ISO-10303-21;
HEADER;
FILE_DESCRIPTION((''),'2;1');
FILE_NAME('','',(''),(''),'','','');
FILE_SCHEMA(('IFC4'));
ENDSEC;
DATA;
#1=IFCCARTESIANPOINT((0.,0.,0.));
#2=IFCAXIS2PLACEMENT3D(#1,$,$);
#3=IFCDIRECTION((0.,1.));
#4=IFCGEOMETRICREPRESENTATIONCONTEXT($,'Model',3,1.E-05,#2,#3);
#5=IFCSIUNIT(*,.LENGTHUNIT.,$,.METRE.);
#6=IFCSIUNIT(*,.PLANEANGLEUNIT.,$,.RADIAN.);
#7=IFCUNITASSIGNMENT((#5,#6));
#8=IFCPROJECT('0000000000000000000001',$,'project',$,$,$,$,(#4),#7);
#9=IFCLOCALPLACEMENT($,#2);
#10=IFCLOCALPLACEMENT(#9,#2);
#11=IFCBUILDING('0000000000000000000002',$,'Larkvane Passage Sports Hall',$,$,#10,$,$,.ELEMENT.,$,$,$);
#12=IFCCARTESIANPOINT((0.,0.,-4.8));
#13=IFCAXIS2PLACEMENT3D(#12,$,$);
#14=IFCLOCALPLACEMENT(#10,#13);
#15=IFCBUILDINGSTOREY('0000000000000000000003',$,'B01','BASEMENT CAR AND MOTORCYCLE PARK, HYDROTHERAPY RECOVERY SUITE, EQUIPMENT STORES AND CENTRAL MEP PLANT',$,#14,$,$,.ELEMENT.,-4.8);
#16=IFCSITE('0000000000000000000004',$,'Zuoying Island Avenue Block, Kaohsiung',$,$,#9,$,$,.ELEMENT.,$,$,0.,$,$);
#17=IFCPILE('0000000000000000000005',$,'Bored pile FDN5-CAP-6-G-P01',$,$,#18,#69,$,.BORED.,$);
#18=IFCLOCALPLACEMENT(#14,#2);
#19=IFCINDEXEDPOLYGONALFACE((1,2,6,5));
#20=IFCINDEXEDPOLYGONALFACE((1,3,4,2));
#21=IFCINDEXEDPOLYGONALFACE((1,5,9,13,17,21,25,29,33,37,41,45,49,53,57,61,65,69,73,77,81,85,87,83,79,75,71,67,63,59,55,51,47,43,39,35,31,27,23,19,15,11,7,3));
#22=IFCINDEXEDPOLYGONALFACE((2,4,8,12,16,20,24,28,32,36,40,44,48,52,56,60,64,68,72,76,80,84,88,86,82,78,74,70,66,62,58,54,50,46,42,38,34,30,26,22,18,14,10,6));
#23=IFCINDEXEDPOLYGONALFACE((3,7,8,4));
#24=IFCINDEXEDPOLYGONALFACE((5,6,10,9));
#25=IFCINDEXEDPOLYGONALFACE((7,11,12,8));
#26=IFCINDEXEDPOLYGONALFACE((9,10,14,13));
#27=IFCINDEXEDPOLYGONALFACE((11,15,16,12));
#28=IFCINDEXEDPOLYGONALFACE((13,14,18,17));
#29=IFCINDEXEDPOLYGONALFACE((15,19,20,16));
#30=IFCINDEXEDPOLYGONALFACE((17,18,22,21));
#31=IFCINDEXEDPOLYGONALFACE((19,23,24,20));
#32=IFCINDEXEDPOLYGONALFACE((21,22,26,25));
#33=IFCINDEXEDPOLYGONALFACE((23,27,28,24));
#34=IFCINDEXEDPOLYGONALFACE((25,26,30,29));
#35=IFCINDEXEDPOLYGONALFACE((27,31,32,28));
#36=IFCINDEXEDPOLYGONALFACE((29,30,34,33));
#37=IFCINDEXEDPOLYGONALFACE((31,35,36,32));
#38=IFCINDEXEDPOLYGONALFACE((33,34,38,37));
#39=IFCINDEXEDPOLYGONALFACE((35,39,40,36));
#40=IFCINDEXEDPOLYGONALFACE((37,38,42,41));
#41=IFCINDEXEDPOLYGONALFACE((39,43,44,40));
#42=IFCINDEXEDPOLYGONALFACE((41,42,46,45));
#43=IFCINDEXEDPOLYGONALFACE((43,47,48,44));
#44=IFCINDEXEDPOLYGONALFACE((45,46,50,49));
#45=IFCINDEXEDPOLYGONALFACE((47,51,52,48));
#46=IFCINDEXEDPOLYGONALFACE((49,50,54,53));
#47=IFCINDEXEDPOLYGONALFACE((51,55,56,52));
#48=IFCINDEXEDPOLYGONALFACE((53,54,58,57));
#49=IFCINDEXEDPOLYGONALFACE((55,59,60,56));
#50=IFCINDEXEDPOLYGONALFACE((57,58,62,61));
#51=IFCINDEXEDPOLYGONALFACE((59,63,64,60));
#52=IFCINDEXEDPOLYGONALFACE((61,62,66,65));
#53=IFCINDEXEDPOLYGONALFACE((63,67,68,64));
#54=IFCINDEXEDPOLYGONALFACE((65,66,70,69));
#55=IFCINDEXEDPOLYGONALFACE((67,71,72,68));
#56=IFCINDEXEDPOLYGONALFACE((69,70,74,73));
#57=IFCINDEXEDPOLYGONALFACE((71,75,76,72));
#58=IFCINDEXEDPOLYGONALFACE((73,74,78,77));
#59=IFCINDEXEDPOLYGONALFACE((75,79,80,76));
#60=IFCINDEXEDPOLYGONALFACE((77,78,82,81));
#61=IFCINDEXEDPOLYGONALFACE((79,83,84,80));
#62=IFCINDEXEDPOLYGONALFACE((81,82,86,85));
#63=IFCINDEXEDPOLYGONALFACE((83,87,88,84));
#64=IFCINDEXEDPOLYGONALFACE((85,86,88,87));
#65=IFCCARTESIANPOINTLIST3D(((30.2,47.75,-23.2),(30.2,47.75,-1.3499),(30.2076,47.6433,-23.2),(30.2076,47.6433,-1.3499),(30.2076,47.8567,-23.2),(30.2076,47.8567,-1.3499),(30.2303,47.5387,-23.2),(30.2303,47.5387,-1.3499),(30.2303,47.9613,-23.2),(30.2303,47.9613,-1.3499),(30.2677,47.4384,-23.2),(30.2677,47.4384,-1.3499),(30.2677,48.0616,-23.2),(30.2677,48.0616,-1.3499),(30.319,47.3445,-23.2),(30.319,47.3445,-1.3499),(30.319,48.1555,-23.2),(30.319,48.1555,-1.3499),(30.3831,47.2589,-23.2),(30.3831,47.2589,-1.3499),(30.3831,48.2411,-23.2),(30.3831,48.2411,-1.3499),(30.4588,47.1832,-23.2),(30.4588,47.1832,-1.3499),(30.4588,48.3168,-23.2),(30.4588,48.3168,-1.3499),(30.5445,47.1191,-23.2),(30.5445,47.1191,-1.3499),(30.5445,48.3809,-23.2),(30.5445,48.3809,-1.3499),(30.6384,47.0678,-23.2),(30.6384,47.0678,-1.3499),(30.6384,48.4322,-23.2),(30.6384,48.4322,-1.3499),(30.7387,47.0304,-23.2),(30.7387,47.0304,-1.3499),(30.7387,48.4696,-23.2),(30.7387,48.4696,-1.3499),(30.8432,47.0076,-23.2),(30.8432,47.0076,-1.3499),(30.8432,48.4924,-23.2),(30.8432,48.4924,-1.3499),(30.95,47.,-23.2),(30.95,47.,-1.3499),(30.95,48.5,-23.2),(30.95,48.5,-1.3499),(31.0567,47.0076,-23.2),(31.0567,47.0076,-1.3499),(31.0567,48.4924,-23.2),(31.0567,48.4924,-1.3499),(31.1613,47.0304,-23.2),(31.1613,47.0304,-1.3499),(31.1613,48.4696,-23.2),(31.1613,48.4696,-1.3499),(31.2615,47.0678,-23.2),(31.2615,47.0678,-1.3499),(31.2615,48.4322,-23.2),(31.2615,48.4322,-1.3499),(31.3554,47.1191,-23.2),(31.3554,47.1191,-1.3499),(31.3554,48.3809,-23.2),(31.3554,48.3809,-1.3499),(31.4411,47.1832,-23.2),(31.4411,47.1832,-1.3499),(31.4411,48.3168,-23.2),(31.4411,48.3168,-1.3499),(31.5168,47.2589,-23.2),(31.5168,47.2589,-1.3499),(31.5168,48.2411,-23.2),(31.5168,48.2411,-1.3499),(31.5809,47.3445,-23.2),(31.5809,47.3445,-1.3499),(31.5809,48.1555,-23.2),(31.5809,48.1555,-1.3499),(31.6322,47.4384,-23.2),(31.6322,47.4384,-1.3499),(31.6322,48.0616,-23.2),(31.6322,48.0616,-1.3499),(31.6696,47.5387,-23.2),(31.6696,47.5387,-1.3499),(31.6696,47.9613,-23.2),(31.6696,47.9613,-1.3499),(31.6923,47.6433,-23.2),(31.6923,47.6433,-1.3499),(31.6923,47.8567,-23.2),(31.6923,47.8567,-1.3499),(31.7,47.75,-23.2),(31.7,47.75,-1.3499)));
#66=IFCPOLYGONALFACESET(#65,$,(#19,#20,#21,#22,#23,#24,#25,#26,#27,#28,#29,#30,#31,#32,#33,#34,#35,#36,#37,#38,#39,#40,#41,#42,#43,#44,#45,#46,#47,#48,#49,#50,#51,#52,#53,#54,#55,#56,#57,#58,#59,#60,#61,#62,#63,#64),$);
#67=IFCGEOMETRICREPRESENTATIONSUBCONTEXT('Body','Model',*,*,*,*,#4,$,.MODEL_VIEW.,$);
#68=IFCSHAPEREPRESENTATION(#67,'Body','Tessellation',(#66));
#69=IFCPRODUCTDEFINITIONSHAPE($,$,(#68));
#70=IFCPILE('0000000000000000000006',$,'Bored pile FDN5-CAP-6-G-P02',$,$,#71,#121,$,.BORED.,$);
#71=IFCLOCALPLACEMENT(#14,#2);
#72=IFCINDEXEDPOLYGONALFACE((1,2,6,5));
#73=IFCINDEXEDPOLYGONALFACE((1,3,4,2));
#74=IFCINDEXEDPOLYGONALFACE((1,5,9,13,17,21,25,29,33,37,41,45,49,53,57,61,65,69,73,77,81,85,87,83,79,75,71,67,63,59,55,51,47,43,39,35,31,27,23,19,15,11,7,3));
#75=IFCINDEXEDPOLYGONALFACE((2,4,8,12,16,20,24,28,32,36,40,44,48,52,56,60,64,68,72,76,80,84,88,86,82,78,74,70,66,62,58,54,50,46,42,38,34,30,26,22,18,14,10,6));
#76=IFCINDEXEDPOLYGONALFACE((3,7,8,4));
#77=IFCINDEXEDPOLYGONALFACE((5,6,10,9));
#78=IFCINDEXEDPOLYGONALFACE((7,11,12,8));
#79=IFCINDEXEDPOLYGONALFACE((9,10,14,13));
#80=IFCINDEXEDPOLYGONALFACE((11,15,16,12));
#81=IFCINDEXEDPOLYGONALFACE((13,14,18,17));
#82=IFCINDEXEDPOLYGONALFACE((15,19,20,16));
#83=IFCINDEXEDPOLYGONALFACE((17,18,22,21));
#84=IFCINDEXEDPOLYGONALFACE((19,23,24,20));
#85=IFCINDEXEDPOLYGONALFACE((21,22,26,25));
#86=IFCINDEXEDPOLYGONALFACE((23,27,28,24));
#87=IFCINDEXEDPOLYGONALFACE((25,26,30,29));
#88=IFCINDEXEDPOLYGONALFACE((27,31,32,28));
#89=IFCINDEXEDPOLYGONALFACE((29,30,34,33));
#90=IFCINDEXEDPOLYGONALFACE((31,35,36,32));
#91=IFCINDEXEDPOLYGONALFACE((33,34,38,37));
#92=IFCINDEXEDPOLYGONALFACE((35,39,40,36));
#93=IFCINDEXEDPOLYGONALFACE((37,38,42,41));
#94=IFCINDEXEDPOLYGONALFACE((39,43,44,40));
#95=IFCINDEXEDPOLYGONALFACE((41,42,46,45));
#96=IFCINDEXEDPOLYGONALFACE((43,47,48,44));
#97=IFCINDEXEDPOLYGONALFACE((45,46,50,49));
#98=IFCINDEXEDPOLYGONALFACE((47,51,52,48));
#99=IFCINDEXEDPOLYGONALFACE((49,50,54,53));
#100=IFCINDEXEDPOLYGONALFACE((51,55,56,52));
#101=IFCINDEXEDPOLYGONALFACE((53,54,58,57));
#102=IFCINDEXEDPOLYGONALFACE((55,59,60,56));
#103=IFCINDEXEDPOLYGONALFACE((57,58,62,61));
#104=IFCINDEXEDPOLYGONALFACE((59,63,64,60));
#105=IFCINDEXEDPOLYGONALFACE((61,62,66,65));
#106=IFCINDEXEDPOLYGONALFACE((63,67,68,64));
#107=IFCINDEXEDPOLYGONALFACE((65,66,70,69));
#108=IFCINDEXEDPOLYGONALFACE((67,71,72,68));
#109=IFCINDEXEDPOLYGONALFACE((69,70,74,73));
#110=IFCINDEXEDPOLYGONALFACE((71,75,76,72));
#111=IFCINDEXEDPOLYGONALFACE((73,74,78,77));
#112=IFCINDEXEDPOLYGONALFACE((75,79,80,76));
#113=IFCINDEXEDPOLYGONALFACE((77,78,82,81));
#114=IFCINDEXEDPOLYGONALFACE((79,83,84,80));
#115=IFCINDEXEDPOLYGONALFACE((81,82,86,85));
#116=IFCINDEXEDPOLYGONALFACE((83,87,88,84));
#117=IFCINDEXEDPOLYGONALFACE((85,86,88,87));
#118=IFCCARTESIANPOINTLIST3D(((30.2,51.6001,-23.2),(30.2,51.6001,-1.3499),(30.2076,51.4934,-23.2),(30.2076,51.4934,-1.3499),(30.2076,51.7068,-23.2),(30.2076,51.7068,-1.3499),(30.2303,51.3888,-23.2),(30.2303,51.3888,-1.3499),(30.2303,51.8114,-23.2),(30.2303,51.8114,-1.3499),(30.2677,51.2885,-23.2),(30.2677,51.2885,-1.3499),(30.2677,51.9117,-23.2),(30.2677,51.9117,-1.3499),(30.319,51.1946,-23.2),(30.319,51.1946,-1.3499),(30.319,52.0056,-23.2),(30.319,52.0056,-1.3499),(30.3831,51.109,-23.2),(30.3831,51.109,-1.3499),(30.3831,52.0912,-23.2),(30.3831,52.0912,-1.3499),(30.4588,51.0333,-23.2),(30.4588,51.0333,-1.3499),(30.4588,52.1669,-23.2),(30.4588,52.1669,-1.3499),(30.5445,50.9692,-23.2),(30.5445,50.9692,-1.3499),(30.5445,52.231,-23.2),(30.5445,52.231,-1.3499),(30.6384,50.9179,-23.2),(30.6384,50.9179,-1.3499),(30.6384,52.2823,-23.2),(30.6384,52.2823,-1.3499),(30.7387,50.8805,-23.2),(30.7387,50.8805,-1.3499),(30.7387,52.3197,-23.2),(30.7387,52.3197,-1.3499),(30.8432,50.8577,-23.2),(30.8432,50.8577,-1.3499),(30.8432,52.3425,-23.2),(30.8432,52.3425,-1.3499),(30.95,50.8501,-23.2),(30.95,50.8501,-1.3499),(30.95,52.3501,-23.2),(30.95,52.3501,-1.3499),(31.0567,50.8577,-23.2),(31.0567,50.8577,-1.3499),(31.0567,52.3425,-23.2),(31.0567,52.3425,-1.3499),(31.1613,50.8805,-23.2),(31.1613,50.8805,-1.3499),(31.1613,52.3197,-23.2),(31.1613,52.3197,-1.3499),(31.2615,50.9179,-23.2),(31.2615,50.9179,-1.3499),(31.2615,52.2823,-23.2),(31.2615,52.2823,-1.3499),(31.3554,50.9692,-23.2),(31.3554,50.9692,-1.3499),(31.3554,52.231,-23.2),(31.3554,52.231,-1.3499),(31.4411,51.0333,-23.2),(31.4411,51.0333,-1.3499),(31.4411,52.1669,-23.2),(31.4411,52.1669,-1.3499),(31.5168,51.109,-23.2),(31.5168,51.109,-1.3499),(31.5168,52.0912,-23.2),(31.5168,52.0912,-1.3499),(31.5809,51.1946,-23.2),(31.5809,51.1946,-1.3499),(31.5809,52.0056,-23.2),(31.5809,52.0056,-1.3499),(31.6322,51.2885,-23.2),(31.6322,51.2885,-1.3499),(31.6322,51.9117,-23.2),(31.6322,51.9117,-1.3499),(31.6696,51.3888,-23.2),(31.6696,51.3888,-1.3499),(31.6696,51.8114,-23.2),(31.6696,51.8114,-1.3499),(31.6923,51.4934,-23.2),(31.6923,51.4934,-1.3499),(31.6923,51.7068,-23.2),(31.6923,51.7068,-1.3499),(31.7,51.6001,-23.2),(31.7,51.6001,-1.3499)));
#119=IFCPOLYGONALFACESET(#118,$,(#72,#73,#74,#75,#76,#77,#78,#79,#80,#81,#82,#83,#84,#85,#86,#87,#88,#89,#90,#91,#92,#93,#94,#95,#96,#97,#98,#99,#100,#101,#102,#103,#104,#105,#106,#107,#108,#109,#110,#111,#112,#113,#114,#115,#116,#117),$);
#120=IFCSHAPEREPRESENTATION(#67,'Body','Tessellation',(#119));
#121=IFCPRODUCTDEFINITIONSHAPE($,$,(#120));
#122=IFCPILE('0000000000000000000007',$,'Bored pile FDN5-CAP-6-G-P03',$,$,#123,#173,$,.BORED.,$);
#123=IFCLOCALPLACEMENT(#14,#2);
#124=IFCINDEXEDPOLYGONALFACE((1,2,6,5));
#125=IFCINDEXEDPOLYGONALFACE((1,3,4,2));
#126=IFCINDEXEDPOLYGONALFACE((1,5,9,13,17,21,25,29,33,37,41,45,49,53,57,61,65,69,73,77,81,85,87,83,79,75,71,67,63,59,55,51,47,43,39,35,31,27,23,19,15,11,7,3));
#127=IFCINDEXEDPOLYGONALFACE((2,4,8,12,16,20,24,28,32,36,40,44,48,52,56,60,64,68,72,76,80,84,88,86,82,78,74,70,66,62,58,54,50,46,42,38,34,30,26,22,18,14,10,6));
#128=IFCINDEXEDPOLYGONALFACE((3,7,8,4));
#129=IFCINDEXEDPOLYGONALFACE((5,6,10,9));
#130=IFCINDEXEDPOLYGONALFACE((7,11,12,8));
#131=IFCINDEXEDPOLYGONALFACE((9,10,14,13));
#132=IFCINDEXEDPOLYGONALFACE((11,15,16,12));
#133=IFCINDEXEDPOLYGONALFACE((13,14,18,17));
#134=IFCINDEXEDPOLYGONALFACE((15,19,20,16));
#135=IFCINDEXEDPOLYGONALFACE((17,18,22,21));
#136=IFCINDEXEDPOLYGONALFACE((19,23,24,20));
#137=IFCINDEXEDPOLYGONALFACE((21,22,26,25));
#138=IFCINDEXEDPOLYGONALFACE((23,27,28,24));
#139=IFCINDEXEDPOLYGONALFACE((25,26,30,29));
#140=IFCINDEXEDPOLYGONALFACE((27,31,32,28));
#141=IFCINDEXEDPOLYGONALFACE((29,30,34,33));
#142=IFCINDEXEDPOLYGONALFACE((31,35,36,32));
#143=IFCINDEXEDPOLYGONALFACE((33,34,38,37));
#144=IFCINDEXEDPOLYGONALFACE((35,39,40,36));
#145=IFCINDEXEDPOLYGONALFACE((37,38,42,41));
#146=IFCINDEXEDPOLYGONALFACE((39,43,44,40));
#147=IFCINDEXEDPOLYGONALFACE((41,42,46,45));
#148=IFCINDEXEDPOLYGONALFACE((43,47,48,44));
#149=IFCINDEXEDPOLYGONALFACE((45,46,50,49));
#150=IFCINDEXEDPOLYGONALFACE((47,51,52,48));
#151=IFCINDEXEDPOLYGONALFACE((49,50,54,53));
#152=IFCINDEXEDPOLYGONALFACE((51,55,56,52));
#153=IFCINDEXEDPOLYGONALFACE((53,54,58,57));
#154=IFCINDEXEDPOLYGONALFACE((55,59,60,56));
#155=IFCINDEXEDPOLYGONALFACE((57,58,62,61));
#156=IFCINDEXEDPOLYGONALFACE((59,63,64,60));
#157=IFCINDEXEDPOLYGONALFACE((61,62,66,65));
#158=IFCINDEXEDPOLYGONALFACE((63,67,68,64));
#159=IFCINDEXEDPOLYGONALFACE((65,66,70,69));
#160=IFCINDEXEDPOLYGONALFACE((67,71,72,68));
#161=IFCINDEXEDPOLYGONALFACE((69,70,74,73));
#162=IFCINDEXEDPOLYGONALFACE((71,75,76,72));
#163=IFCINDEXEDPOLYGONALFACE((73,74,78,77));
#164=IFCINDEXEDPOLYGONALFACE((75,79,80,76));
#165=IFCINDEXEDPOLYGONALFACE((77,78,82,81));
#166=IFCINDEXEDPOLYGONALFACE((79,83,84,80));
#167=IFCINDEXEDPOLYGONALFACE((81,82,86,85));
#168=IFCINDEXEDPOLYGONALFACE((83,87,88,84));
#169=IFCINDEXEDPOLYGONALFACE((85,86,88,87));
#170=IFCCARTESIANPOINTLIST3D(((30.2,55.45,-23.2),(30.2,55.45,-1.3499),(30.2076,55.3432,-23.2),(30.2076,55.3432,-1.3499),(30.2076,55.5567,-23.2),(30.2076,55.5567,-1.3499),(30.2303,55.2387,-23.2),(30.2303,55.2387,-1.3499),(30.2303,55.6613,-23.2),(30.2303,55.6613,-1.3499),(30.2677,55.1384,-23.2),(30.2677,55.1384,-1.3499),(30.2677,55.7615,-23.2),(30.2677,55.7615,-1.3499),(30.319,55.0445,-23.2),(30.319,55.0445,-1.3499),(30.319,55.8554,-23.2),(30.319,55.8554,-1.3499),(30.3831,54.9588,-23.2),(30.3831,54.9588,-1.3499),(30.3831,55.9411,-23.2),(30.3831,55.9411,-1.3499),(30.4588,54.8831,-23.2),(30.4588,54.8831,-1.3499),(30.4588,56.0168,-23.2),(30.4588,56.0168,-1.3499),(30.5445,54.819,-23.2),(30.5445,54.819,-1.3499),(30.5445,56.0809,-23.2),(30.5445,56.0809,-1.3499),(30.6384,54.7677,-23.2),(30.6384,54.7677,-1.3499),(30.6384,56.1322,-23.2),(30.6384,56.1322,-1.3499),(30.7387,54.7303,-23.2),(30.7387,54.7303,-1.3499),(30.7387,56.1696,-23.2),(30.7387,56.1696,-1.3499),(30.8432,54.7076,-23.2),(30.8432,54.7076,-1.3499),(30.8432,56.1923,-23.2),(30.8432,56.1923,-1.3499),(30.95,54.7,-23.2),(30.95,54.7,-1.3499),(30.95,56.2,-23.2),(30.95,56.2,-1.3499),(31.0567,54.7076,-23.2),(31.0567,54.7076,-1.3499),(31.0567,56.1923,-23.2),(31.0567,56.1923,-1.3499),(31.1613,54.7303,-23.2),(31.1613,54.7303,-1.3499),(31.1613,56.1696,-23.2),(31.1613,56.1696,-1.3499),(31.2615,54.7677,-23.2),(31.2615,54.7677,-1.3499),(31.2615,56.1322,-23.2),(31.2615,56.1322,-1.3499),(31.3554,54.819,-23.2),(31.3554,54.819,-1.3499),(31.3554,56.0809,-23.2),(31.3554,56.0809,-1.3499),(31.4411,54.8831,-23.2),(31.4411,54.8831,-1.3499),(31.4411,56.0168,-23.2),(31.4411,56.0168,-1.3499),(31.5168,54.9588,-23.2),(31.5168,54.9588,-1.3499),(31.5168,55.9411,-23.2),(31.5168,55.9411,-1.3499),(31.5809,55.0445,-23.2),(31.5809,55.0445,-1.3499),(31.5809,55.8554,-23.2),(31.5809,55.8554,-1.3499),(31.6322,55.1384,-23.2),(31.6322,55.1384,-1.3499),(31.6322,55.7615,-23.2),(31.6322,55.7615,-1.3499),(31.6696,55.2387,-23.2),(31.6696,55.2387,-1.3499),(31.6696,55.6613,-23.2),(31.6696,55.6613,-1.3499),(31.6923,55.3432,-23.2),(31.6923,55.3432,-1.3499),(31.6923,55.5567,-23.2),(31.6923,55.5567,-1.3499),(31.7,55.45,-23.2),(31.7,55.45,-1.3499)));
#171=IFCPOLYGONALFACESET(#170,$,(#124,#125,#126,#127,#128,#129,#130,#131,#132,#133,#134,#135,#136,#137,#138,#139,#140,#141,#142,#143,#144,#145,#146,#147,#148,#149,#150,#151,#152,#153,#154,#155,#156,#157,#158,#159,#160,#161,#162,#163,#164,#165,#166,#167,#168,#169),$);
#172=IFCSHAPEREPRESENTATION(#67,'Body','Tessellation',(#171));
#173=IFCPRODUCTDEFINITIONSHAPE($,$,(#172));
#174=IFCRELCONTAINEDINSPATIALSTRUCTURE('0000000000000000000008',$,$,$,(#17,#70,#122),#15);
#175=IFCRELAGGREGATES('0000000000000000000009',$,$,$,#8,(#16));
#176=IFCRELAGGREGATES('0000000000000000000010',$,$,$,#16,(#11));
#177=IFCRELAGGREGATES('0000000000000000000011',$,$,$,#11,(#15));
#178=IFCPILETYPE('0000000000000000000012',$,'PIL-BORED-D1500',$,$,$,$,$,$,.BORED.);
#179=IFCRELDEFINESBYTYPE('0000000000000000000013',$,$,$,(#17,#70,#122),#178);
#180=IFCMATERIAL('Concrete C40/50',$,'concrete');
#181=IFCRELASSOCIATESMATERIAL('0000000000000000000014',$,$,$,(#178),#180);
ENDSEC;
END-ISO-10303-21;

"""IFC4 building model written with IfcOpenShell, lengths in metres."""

from ifc_helpers import new_model, si_unit, direction, frame, origin, origin_2d, place, context, subcontext, project, spatial, circle, extrude, material, material_profile, profile_set, type_object, element, save


model = new_model("IFC4")

# Units and contexts
model_context = context("Model", 3, precision=1e-05, world=origin(), true_north=direction((0.0, 1.0)))
body_context = subcontext(model_context, "Body", "Model", "MODEL_VIEW")
ifc_project = project(units=[si_unit("LENGTHUNIT", "METRE"), si_unit("PLANEANGLEUNIT", "RADIAN")], contexts=[model_context])

# Site, building, storey
site_placement = place(None, origin())
site = spatial("IfcSite", under=ifc_project, at=site_placement, Name="Zuoying Island Avenue Block, Kaohsiung", CompositionType="ELEMENT", RefElevation=0.0)
building_placement = place(site_placement, origin())
building = spatial("IfcBuilding", under=site, at=building_placement, Name="Larkvane Passage Sports Hall", CompositionType="ELEMENT")
storey_placement = place(building_placement, frame((0.0, 0.0, -4.8)))
storey = spatial("IfcBuildingStorey", under=building, at=storey_placement, Name="B01", Description="BASEMENT CAR AND MOTORCYCLE PARK, HYDROTHERAPY RECOVERY SUITE, EQUIPMENT STORES AND CENTRAL MEP PLANT", CompositionType="ELEMENT", Elevation=-4.8)

# Shared definitions
ifc_material_1 = material(Name="Concrete C40/50", Category="concrete")

# Piles
ifc_material_profile_1 = material_profile(ifc_material_1, circle(Radius=0.75, at=origin_2d()), Name="PILE-D1500")
ifc_profile_set_1 = profile_set([ifc_material_profile_1], Name="Concrete C40/50")
pile_type_1 = type_object("IfcPileType", Name="PIL-BORED-D1500", PredefinedType="BORED", material=ifc_profile_set_1)
for number, where, z_axis, x_axis, name in (
    (1, (30.95, 47.75, -1.3499), (0.0, 0.0, -1.0), (1.0, 0.0, 0.0), "Bored pile FDN5-CAP-6-G-P01"),
    (2, (30.95, 51.6001, -1.3499), (0.0, 0.0, -1.0), (1.0, 0.0, 0.0), "Bored pile FDN5-CAP-6-G-P02"),
    (3, (30.95, 55.45, -1.3499), (0.0, 0.0, -1.0), (1.0, 0.0, 0.0), "Bored pile FDN5-CAP-6-G-P03"),
):
    element("IfcPile", number, at=place(storey_placement, frame(where, z_axis=z_axis, x_axis=x_axis)), inside=storey, type_object=pile_type_1, Name=name, PredefinedType="BORED", context=body_context, shape_type="SweptSolid", body=[
        extrude(circle(Radius=0.75, at=origin_2d()), origin(), (0.0, 0.0, 1.0), 21.8501),
    ])

save(model, "model.ifc")
